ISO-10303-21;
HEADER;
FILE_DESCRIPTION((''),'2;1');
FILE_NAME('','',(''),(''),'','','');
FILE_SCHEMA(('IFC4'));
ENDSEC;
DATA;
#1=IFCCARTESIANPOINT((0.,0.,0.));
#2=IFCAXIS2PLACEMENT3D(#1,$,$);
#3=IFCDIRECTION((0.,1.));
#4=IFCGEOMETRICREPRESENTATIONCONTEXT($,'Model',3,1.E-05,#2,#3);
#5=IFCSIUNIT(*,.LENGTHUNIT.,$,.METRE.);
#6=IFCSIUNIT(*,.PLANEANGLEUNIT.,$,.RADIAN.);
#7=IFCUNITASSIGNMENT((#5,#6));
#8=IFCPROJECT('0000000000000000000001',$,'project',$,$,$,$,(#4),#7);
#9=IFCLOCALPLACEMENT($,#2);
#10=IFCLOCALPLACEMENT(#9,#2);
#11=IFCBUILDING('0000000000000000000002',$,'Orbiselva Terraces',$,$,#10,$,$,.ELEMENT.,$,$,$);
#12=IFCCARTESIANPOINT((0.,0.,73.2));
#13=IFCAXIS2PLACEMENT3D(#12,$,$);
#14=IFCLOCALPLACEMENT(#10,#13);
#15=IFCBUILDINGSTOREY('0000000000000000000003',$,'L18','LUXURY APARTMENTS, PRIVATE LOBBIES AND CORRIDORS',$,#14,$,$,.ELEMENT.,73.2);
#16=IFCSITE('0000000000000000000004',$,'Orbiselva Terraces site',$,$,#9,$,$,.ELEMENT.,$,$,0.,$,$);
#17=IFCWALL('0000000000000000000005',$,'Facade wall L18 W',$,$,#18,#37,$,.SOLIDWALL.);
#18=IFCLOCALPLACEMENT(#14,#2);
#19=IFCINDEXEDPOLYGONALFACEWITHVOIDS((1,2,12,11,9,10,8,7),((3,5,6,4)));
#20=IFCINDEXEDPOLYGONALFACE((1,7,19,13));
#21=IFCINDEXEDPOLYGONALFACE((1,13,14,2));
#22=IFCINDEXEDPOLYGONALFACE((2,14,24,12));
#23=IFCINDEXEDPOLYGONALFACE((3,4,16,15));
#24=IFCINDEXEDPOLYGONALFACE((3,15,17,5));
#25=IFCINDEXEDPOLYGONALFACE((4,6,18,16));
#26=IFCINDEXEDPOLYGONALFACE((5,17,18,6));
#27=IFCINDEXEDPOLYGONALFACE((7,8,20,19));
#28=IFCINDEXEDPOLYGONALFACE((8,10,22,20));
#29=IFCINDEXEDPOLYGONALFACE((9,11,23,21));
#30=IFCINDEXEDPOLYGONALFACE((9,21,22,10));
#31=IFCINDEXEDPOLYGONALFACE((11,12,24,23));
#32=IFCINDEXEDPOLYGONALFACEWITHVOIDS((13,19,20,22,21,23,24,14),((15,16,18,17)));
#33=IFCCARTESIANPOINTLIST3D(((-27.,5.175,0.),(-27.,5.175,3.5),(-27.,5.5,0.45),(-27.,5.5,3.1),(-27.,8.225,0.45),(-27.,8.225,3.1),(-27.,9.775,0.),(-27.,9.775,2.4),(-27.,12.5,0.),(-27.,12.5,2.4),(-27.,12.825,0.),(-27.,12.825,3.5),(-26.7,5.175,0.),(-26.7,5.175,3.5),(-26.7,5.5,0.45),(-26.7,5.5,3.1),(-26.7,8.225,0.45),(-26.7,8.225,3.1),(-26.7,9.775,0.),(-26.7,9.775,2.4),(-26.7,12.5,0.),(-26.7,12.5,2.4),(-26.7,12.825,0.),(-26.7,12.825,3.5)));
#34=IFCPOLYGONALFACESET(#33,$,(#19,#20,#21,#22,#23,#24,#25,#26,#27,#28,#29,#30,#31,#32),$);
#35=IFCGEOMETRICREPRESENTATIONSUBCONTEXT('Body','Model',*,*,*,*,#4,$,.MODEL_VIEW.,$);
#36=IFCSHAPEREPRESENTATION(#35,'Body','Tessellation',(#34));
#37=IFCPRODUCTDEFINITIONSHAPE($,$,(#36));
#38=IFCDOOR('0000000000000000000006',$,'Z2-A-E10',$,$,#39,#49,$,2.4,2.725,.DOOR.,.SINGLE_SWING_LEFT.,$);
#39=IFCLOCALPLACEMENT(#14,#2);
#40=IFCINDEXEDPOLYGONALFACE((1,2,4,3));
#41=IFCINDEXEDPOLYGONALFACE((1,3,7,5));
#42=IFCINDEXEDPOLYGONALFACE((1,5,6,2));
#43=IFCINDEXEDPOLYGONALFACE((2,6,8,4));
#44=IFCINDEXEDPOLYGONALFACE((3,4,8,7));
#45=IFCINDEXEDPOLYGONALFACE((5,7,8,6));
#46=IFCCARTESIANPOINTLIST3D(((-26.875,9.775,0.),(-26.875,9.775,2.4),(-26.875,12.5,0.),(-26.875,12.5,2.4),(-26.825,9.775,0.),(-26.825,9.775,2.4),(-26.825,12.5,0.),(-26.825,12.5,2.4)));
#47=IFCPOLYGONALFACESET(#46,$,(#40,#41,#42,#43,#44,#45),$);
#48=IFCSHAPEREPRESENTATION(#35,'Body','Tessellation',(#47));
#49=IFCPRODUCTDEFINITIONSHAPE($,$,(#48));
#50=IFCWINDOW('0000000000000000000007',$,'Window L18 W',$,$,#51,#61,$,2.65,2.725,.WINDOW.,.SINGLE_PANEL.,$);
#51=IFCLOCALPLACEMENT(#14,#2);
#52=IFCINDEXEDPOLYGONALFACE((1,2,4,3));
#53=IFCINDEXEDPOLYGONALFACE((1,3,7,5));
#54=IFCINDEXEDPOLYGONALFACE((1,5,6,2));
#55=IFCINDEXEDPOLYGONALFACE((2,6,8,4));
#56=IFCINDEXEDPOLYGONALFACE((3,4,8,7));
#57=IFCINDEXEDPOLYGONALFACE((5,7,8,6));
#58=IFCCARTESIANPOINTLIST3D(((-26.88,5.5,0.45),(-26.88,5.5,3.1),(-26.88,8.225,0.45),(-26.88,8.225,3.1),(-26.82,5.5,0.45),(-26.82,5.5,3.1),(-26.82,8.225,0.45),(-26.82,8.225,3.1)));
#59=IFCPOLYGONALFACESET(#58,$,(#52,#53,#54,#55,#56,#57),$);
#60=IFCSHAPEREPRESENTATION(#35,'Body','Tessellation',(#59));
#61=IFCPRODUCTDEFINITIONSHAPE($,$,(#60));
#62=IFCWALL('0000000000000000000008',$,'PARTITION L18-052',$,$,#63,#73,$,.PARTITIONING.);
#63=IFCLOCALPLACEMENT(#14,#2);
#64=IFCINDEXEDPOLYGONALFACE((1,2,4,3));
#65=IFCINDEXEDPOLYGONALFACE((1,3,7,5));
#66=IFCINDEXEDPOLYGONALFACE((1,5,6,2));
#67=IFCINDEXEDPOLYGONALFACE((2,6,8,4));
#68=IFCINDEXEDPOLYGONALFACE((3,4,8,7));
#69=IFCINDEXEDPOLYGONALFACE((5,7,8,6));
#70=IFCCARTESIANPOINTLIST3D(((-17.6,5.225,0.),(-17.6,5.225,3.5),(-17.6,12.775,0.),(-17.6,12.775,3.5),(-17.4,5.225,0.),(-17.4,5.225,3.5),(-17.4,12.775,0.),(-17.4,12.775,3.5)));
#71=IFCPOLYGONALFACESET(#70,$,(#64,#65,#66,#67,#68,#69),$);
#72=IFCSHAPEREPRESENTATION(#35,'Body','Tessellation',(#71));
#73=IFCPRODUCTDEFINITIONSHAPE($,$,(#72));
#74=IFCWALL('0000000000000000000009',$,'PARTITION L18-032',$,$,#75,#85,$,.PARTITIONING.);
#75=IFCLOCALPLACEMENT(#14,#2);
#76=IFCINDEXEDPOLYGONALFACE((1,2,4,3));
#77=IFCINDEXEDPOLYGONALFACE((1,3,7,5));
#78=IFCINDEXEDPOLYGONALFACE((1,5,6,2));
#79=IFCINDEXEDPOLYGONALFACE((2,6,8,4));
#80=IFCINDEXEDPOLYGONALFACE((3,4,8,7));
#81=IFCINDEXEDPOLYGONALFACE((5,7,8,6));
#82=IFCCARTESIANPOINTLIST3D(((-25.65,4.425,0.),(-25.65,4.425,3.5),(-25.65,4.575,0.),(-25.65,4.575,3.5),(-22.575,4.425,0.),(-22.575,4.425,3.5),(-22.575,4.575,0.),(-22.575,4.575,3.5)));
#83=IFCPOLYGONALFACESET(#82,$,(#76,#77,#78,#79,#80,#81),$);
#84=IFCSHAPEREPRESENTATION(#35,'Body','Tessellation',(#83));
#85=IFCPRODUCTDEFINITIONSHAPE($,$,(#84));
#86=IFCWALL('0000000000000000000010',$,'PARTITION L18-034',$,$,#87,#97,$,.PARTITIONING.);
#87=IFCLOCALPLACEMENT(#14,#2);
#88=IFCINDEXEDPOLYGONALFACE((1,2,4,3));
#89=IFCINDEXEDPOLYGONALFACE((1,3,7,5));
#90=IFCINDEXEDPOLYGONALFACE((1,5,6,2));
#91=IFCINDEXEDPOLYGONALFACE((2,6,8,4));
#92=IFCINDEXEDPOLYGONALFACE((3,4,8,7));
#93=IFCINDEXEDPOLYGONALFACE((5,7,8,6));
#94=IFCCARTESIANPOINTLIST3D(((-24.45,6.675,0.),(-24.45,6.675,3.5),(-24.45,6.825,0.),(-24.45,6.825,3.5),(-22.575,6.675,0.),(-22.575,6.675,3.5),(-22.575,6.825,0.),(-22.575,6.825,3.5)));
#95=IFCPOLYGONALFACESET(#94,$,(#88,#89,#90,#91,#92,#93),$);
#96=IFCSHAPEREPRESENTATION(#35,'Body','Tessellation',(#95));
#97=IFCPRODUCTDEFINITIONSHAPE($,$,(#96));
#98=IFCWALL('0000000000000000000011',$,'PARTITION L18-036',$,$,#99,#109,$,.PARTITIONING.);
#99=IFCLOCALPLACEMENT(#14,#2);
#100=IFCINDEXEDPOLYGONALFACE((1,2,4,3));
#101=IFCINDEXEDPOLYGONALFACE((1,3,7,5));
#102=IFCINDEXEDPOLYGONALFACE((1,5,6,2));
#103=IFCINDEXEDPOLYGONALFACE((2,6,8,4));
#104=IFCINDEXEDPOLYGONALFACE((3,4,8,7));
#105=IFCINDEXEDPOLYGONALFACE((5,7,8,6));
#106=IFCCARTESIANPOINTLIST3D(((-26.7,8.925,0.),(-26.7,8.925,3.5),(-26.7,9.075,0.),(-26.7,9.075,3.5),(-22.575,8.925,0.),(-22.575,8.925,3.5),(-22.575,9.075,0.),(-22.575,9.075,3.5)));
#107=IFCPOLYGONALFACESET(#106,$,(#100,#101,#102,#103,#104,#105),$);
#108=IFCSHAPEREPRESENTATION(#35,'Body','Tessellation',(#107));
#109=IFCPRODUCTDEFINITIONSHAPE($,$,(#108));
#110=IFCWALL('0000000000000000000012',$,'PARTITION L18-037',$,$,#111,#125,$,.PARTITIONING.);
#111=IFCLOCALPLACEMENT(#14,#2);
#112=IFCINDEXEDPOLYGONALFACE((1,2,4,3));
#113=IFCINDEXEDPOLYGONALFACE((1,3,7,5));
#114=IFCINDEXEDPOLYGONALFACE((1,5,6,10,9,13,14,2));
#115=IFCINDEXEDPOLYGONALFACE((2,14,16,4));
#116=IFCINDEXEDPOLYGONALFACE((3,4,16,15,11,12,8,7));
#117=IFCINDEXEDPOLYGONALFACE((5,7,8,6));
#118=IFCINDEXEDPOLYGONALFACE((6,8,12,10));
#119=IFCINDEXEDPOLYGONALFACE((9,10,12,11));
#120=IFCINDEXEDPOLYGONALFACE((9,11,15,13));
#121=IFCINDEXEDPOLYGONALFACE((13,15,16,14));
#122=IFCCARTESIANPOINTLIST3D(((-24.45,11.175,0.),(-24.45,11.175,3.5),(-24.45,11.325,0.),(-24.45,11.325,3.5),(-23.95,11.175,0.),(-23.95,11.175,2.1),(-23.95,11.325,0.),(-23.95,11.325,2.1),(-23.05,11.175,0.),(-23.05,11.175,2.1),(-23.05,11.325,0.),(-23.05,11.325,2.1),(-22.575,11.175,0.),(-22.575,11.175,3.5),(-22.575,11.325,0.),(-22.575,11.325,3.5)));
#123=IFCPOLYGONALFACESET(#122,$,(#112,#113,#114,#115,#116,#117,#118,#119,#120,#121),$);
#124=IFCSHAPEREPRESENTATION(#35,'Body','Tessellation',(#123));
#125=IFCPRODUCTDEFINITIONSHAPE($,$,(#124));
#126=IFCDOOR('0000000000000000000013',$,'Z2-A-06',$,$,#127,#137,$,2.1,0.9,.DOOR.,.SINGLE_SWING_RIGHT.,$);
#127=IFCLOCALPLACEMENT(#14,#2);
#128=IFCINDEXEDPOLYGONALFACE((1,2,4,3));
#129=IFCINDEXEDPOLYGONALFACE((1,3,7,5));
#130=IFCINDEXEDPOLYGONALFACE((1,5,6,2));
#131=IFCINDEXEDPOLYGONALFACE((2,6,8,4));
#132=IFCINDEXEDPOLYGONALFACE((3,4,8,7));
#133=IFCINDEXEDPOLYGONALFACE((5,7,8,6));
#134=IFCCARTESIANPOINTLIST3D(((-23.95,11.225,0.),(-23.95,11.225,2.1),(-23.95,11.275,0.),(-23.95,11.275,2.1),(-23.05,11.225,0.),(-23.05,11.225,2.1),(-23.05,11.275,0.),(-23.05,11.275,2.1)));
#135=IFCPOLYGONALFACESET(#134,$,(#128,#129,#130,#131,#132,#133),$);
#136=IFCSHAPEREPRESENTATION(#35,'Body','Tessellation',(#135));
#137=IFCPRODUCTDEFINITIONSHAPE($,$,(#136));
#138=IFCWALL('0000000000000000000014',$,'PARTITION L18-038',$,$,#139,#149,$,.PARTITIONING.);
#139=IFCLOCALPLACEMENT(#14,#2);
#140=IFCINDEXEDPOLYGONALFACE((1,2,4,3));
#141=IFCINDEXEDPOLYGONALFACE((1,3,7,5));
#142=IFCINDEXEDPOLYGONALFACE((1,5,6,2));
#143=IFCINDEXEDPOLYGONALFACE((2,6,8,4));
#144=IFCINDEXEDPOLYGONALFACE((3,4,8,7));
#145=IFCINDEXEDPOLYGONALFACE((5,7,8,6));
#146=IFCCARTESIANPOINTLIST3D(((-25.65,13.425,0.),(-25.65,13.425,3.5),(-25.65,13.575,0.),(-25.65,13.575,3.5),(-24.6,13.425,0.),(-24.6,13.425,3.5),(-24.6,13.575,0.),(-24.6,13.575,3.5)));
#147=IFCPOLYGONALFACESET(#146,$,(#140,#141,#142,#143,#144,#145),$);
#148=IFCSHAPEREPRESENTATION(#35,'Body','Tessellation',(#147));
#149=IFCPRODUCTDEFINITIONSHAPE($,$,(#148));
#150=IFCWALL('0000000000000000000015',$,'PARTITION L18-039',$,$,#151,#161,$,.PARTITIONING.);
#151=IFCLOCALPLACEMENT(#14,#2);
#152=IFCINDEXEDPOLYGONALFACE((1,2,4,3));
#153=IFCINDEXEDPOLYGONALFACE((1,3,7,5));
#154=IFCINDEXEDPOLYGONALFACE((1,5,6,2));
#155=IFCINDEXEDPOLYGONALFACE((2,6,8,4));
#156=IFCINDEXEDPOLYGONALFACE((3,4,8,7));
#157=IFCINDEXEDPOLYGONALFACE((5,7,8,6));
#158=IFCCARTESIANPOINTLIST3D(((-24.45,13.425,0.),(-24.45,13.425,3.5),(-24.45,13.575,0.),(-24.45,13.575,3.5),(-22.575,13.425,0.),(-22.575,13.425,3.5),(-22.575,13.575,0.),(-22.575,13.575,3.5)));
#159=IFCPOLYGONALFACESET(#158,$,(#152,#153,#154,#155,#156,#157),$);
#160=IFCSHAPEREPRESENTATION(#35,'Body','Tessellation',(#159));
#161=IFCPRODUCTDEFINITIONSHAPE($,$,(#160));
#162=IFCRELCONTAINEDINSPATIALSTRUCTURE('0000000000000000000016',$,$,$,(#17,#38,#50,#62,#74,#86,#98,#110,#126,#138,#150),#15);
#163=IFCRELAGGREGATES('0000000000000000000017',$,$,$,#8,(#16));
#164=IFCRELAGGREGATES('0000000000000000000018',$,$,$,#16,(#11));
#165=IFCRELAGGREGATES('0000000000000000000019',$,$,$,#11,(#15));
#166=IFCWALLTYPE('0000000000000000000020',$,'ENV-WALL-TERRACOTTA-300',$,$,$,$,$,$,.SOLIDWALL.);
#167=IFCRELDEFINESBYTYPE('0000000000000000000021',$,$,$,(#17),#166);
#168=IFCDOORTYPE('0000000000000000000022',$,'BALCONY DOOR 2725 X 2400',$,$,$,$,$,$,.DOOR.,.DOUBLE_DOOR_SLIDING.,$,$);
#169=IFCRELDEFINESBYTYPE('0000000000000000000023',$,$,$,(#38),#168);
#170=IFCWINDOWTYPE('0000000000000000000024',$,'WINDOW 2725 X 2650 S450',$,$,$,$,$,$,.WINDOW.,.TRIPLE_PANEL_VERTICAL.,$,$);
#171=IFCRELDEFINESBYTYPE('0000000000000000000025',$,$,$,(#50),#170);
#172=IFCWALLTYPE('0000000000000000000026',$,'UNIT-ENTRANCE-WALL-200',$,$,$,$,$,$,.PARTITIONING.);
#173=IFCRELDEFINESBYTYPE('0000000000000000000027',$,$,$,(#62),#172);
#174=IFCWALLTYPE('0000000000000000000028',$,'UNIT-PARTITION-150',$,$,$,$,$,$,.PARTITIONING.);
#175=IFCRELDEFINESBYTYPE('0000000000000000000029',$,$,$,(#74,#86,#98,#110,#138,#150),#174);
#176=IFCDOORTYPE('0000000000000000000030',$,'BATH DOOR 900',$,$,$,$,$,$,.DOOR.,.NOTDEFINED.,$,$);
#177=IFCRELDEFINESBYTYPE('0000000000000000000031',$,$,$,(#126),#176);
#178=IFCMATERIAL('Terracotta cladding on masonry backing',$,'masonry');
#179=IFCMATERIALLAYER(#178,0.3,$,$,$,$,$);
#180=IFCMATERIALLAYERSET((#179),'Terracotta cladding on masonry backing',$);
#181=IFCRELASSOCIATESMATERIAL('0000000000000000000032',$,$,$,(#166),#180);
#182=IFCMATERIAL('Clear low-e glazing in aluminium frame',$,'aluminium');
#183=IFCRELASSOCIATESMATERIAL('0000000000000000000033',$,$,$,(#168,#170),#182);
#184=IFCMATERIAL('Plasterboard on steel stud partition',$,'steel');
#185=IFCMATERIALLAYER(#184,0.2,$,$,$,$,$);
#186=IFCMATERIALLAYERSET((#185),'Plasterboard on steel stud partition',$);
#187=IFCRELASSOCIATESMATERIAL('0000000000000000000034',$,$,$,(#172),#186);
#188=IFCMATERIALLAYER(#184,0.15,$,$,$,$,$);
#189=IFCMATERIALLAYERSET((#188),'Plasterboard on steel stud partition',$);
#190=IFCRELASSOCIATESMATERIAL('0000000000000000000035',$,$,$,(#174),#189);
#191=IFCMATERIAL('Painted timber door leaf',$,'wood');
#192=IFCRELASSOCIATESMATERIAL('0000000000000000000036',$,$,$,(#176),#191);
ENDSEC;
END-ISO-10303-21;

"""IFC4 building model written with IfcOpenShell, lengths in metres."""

from ifc_helpers import new_model, si_unit, direction, frame, frame_2d, origin, place, context, subcontext, project, spatial, rectangle, extrude, material, layer, layer_set, type_object, element, fill, save


model = new_model("IFC4")

# Units and contexts
model_context = context("Model", 3, precision=1e-05, world=origin(), true_north=direction((0.0, 1.0)))
body_context = subcontext(model_context, "Body", "Model", "MODEL_VIEW")
ifc_project = project(units=[si_unit("LENGTHUNIT", "METRE"), si_unit("PLANEANGLEUNIT", "RADIAN")], contexts=[model_context])

# Site, building, storey
site_placement = place(None, origin())
site = spatial("IfcSite", under=ifc_project, at=site_placement, Name="Orbiselva Terraces site", CompositionType="ELEMENT", RefElevation=0.0)
building_placement = place(site_placement, origin())
building = spatial("IfcBuilding", under=site, at=building_placement, Name="Orbiselva Terraces", CompositionType="ELEMENT")
storey_placement = place(building_placement, frame((0.0, 0.0, 73.2)))
storey = spatial("IfcBuildingStorey", under=building, at=storey_placement, Name="L18", Description="LUXURY APARTMENTS, PRIVATE LOBBIES AND CORRIDORS", CompositionType="ELEMENT", Elevation=73.2)

# Wall, openings, door, window
ifc_material_1 = material(Name="Terracotta cladding on masonry backing", Category="masonry")
ifc_layer_1 = layer(ifc_material_1, 0.3)
ifc_layer_set_1 = layer_set([ifc_layer_1], Name="Terracotta cladding on masonry backing")
wall_type_1 = type_object("IfcWallType", Name="ENV-WALL-TERRACOTTA-300", PredefinedType="SOLIDWALL", material=ifc_layer_set_1)
wall_1_placement = place(storey_placement, frame((-26.85, 5.175, 0.0), z_axis=(0.0, 0.0, 1.0), x_axis=(0.0, 1.0, 0.0)))
wall_1 = element("IfcWall", 1, at=wall_1_placement, inside=storey, type_object=wall_type_1, Name="Facade wall L18 W", PredefinedType="SOLIDWALL", context=body_context, shape_type="SweptSolid", body=[
    extrude(rectangle(XDim=7.65, YDim=0.3, at=frame_2d((3.825, 0.0))), origin(), (0.0, 0.0, 1.0), 3.5),
])
opening_1_placement = place(wall_1_placement, frame((4.6, 0.0, 0.0)))
opening_1 = element("IfcOpeningElement", 2, at=opening_1_placement, cuts=wall_1, PredefinedType="OPENING", context=body_context, shape_type="SweptSolid", body=[
    extrude(rectangle(XDim=2.725, YDim=2.4, at=frame_2d((1.3625, 1.2))), frame((0.0, 0.16, 0.0), z_axis=(0.0, -1.0, 0.0), x_axis=(1.0, 0.0, 0.0)), (0.0, 0.0, 1.0), 0.32),
])
opening_2_placement = place(wall_1_placement, frame((0.325, 0.0, 0.45)))
opening_2 = element("IfcOpeningElement", 3, at=opening_2_placement, cuts=wall_1, PredefinedType="OPENING", context=body_context, shape_type="SweptSolid", body=[
    extrude(rectangle(XDim=2.725, YDim=2.65, at=frame_2d((1.3625, 1.325))), frame((0.0, 0.16, 0.0), z_axis=(0.0, -1.0, 0.0), x_axis=(1.0, 0.0, 0.0)), (0.0, 0.0, 1.0), 0.32),
])
ifc_material_2 = material(Name="Clear low-e glazing in aluminium frame", Category="aluminium")
door_type_1 = type_object("IfcDoorType", Name="BALCONY DOOR 2725 X 2400", OperationType="DOUBLE_DOOR_SLIDING", PredefinedType="DOOR", material=ifc_material_2)
door_1_placement = place(opening_1_placement, origin())
door_1 = element("IfcDoor", 4, at=door_1_placement, inside=storey, type_object=door_type_1, Name="Z2-A-E10", OperationType="SINGLE_SWING_LEFT", OverallHeight=2.4, OverallWidth=2.725, PredefinedType="DOOR", context=body_context, shape_type="SweptSolid", body=[
    extrude(rectangle(XDim=2.725, YDim=2.4, at=frame_2d((1.3625, 1.2))), frame((0.0, 0.025, 0.0), z_axis=(0.0, -1.0, 0.0), x_axis=(1.0, 0.0, 0.0)), (0.0, 0.0, 1.0), 0.05),
])
fill(opening_1, door_1)
window_type = type_object("IfcWindowType", Name="WINDOW 2725 X 2650 S450", PartitioningType="TRIPLE_PANEL_VERTICAL", PredefinedType="WINDOW", material=ifc_material_2)
window_placement = place(opening_2_placement, origin())
window = element("IfcWindow", 5, at=window_placement, inside=storey, type_object=window_type, Name="Window L18 W", OverallHeight=2.65, OverallWidth=2.725, PartitioningType="SINGLE_PANEL", PredefinedType="WINDOW", context=body_context, shape_type="SweptSolid", body=[
    extrude(rectangle(XDim=2.725, YDim=2.65, at=frame_2d((1.3625, 1.325))), frame((0.0, 0.03, 0.0), z_axis=(0.0, -1.0, 0.0), x_axis=(1.0, 0.0, 0.0)), (0.0, 0.0, 1.0), 0.06),
])
fill(opening_2, window)

# Walls
ifc_material_3 = material(Name="Plasterboard on steel stud partition", Category="steel")
ifc_layer_2 = layer(ifc_material_3, 0.2)
ifc_layer_set_2 = layer_set([ifc_layer_2], Name="Plasterboard on steel stud partition")
wall_type_2 = type_object("IfcWallType", Name="UNIT-ENTRANCE-WALL-200", PredefinedType="PARTITIONING", material=ifc_layer_set_2)
wall_2_placement = place(storey_placement, frame((-17.5, 5.225, 0.0), z_axis=(0.0, 0.0, 1.0), x_axis=(0.0, 1.0, 0.0)))
element("IfcWall", 6, at=wall_2_placement, inside=storey, type_object=wall_type_2, Name="PARTITION L18-052", PredefinedType="PARTITIONING", context=body_context, shape_type="SweptSolid", body=[
    extrude(rectangle(XDim=7.55, YDim=0.2, at=frame_2d((3.775, 0.0))), origin(), (0.0, 0.0, 1.0), 3.5),
])
ifc_layer_3 = layer(ifc_material_3, 0.15)
ifc_layer_set_3 = layer_set([ifc_layer_3], Name="Plasterboard on steel stud partition")
wall_type_3 = type_object("IfcWallType", Name="UNIT-PARTITION-150", PredefinedType="PARTITIONING", material=ifc_layer_set_3)
wall_3_placement = place(storey_placement, frame((-25.65, 4.5, 0.0), z_axis=(0.0, 0.0, 1.0), x_axis=(1.0, 0.0, 0.0)))
element("IfcWall", 7, at=wall_3_placement, inside=storey, type_object=wall_type_3, Name="PARTITION L18-032", PredefinedType="PARTITIONING", context=body_context, shape_type="SweptSolid", body=[
    extrude(rectangle(XDim=3.075, YDim=0.15, at=frame_2d((1.5375, 0.0))), origin(), (0.0, 0.0, 1.0), 3.5),
])
wall_4_placement = place(storey_placement, frame((-24.45, 6.75, 0.0), z_axis=(0.0, 0.0, 1.0), x_axis=(1.0, 0.0, 0.0)))
element("IfcWall", 8, at=wall_4_placement, inside=storey, type_object=wall_type_3, Name="PARTITION L18-034", PredefinedType="PARTITIONING", context=body_context, shape_type="SweptSolid", body=[
    extrude(rectangle(XDim=1.875, YDim=0.15, at=frame_2d((0.9375, 0.0))), origin(), (0.0, 0.0, 1.0), 3.5),
])
wall_5_placement = place(storey_placement, frame((-26.7, 9.0, 0.0), z_axis=(0.0, 0.0, 1.0), x_axis=(1.0, 0.0, 0.0)))
element("IfcWall", 9, at=wall_5_placement, inside=storey, type_object=wall_type_3, Name="PARTITION L18-036", PredefinedType="PARTITIONING", context=body_context, shape_type="SweptSolid", body=[
    extrude(rectangle(XDim=4.125, YDim=0.15, at=frame_2d((2.0625, 0.0))), origin(), (0.0, 0.0, 1.0), 3.5),
])

# Wall, opening, door
wall_6_placement = place(storey_placement, frame((-24.45, 11.25, 0.0), z_axis=(0.0, 0.0, 1.0), x_axis=(1.0, 0.0, 0.0)))
wall_6 = element("IfcWall", 10, at=wall_6_placement, inside=storey, type_object=wall_type_3, Name="PARTITION L18-037", PredefinedType="PARTITIONING", context=body_context, shape_type="SweptSolid", body=[
    extrude(rectangle(XDim=1.875, YDim=0.15, at=frame_2d((0.9375, 0.0))), origin(), (0.0, 0.0, 1.0), 3.5),
])
opening_3_placement = place(wall_6_placement, frame((0.5, 0.0, 0.0)))
opening_3 = element("IfcOpeningElement", 11, at=opening_3_placement, cuts=wall_6, PredefinedType="OPENING", context=body_context, shape_type="SweptSolid", body=[
    extrude(rectangle(XDim=0.9, YDim=2.1, at=frame_2d((0.45, 1.05))), frame((0.0, 0.085, 0.0), z_axis=(0.0, -1.0, 0.0), x_axis=(1.0, 0.0, 0.0)), (0.0, 0.0, 1.0), 0.17),
])
ifc_material_4 = material(Name="Painted timber door leaf", Category="wood")
door_type_2 = type_object("IfcDoorType", Name="BATH DOOR 900", OperationType="NOTDEFINED", PredefinedType="DOOR", material=ifc_material_4)
door_2_placement = place(opening_3_placement, origin())
door_2 = element("IfcDoor", 12, at=door_2_placement, inside=storey, type_object=door_type_2, Name="Z2-A-06", OperationType="SINGLE_SWING_RIGHT", OverallHeight=2.1, OverallWidth=0.9, PredefinedType="DOOR", context=body_context, shape_type="SweptSolid", body=[
    extrude(rectangle(XDim=0.9, YDim=2.1, at=frame_2d((0.45, 1.05))), frame((0.0, 0.025, 0.0), z_axis=(0.0, -1.0, 0.0), x_axis=(1.0, 0.0, 0.0)), (0.0, 0.0, 1.0), 0.05),
])
fill(opening_3, door_2)

# Walls
wall_7_placement = place(storey_placement, frame((-25.65, 13.5, 0.0), z_axis=(0.0, 0.0, 1.0), x_axis=(1.0, 0.0, 0.0)))
element("IfcWall", 13, at=wall_7_placement, inside=storey, type_object=wall_type_3, Name="PARTITION L18-038", PredefinedType="PARTITIONING", context=body_context, shape_type="SweptSolid", body=[
    extrude(rectangle(XDim=1.05, YDim=0.15, at=frame_2d((0.525, 0.0))), origin(), (0.0, 0.0, 1.0), 3.5),
])
wall_8_placement = place(storey_placement, frame((-24.45, 13.5, 0.0), z_axis=(0.0, 0.0, 1.0), x_axis=(1.0, 0.0, 0.0)))
element("IfcWall", 14, at=wall_8_placement, inside=storey, type_object=wall_type_3, Name="PARTITION L18-039", PredefinedType="PARTITIONING", context=body_context, shape_type="SweptSolid", body=[
    extrude(rectangle(XDim=1.875, YDim=0.15, at=frame_2d((0.9375, 0.0))), origin(), (0.0, 0.0, 1.0), 3.5),
])

save(model, "model.ifc")
